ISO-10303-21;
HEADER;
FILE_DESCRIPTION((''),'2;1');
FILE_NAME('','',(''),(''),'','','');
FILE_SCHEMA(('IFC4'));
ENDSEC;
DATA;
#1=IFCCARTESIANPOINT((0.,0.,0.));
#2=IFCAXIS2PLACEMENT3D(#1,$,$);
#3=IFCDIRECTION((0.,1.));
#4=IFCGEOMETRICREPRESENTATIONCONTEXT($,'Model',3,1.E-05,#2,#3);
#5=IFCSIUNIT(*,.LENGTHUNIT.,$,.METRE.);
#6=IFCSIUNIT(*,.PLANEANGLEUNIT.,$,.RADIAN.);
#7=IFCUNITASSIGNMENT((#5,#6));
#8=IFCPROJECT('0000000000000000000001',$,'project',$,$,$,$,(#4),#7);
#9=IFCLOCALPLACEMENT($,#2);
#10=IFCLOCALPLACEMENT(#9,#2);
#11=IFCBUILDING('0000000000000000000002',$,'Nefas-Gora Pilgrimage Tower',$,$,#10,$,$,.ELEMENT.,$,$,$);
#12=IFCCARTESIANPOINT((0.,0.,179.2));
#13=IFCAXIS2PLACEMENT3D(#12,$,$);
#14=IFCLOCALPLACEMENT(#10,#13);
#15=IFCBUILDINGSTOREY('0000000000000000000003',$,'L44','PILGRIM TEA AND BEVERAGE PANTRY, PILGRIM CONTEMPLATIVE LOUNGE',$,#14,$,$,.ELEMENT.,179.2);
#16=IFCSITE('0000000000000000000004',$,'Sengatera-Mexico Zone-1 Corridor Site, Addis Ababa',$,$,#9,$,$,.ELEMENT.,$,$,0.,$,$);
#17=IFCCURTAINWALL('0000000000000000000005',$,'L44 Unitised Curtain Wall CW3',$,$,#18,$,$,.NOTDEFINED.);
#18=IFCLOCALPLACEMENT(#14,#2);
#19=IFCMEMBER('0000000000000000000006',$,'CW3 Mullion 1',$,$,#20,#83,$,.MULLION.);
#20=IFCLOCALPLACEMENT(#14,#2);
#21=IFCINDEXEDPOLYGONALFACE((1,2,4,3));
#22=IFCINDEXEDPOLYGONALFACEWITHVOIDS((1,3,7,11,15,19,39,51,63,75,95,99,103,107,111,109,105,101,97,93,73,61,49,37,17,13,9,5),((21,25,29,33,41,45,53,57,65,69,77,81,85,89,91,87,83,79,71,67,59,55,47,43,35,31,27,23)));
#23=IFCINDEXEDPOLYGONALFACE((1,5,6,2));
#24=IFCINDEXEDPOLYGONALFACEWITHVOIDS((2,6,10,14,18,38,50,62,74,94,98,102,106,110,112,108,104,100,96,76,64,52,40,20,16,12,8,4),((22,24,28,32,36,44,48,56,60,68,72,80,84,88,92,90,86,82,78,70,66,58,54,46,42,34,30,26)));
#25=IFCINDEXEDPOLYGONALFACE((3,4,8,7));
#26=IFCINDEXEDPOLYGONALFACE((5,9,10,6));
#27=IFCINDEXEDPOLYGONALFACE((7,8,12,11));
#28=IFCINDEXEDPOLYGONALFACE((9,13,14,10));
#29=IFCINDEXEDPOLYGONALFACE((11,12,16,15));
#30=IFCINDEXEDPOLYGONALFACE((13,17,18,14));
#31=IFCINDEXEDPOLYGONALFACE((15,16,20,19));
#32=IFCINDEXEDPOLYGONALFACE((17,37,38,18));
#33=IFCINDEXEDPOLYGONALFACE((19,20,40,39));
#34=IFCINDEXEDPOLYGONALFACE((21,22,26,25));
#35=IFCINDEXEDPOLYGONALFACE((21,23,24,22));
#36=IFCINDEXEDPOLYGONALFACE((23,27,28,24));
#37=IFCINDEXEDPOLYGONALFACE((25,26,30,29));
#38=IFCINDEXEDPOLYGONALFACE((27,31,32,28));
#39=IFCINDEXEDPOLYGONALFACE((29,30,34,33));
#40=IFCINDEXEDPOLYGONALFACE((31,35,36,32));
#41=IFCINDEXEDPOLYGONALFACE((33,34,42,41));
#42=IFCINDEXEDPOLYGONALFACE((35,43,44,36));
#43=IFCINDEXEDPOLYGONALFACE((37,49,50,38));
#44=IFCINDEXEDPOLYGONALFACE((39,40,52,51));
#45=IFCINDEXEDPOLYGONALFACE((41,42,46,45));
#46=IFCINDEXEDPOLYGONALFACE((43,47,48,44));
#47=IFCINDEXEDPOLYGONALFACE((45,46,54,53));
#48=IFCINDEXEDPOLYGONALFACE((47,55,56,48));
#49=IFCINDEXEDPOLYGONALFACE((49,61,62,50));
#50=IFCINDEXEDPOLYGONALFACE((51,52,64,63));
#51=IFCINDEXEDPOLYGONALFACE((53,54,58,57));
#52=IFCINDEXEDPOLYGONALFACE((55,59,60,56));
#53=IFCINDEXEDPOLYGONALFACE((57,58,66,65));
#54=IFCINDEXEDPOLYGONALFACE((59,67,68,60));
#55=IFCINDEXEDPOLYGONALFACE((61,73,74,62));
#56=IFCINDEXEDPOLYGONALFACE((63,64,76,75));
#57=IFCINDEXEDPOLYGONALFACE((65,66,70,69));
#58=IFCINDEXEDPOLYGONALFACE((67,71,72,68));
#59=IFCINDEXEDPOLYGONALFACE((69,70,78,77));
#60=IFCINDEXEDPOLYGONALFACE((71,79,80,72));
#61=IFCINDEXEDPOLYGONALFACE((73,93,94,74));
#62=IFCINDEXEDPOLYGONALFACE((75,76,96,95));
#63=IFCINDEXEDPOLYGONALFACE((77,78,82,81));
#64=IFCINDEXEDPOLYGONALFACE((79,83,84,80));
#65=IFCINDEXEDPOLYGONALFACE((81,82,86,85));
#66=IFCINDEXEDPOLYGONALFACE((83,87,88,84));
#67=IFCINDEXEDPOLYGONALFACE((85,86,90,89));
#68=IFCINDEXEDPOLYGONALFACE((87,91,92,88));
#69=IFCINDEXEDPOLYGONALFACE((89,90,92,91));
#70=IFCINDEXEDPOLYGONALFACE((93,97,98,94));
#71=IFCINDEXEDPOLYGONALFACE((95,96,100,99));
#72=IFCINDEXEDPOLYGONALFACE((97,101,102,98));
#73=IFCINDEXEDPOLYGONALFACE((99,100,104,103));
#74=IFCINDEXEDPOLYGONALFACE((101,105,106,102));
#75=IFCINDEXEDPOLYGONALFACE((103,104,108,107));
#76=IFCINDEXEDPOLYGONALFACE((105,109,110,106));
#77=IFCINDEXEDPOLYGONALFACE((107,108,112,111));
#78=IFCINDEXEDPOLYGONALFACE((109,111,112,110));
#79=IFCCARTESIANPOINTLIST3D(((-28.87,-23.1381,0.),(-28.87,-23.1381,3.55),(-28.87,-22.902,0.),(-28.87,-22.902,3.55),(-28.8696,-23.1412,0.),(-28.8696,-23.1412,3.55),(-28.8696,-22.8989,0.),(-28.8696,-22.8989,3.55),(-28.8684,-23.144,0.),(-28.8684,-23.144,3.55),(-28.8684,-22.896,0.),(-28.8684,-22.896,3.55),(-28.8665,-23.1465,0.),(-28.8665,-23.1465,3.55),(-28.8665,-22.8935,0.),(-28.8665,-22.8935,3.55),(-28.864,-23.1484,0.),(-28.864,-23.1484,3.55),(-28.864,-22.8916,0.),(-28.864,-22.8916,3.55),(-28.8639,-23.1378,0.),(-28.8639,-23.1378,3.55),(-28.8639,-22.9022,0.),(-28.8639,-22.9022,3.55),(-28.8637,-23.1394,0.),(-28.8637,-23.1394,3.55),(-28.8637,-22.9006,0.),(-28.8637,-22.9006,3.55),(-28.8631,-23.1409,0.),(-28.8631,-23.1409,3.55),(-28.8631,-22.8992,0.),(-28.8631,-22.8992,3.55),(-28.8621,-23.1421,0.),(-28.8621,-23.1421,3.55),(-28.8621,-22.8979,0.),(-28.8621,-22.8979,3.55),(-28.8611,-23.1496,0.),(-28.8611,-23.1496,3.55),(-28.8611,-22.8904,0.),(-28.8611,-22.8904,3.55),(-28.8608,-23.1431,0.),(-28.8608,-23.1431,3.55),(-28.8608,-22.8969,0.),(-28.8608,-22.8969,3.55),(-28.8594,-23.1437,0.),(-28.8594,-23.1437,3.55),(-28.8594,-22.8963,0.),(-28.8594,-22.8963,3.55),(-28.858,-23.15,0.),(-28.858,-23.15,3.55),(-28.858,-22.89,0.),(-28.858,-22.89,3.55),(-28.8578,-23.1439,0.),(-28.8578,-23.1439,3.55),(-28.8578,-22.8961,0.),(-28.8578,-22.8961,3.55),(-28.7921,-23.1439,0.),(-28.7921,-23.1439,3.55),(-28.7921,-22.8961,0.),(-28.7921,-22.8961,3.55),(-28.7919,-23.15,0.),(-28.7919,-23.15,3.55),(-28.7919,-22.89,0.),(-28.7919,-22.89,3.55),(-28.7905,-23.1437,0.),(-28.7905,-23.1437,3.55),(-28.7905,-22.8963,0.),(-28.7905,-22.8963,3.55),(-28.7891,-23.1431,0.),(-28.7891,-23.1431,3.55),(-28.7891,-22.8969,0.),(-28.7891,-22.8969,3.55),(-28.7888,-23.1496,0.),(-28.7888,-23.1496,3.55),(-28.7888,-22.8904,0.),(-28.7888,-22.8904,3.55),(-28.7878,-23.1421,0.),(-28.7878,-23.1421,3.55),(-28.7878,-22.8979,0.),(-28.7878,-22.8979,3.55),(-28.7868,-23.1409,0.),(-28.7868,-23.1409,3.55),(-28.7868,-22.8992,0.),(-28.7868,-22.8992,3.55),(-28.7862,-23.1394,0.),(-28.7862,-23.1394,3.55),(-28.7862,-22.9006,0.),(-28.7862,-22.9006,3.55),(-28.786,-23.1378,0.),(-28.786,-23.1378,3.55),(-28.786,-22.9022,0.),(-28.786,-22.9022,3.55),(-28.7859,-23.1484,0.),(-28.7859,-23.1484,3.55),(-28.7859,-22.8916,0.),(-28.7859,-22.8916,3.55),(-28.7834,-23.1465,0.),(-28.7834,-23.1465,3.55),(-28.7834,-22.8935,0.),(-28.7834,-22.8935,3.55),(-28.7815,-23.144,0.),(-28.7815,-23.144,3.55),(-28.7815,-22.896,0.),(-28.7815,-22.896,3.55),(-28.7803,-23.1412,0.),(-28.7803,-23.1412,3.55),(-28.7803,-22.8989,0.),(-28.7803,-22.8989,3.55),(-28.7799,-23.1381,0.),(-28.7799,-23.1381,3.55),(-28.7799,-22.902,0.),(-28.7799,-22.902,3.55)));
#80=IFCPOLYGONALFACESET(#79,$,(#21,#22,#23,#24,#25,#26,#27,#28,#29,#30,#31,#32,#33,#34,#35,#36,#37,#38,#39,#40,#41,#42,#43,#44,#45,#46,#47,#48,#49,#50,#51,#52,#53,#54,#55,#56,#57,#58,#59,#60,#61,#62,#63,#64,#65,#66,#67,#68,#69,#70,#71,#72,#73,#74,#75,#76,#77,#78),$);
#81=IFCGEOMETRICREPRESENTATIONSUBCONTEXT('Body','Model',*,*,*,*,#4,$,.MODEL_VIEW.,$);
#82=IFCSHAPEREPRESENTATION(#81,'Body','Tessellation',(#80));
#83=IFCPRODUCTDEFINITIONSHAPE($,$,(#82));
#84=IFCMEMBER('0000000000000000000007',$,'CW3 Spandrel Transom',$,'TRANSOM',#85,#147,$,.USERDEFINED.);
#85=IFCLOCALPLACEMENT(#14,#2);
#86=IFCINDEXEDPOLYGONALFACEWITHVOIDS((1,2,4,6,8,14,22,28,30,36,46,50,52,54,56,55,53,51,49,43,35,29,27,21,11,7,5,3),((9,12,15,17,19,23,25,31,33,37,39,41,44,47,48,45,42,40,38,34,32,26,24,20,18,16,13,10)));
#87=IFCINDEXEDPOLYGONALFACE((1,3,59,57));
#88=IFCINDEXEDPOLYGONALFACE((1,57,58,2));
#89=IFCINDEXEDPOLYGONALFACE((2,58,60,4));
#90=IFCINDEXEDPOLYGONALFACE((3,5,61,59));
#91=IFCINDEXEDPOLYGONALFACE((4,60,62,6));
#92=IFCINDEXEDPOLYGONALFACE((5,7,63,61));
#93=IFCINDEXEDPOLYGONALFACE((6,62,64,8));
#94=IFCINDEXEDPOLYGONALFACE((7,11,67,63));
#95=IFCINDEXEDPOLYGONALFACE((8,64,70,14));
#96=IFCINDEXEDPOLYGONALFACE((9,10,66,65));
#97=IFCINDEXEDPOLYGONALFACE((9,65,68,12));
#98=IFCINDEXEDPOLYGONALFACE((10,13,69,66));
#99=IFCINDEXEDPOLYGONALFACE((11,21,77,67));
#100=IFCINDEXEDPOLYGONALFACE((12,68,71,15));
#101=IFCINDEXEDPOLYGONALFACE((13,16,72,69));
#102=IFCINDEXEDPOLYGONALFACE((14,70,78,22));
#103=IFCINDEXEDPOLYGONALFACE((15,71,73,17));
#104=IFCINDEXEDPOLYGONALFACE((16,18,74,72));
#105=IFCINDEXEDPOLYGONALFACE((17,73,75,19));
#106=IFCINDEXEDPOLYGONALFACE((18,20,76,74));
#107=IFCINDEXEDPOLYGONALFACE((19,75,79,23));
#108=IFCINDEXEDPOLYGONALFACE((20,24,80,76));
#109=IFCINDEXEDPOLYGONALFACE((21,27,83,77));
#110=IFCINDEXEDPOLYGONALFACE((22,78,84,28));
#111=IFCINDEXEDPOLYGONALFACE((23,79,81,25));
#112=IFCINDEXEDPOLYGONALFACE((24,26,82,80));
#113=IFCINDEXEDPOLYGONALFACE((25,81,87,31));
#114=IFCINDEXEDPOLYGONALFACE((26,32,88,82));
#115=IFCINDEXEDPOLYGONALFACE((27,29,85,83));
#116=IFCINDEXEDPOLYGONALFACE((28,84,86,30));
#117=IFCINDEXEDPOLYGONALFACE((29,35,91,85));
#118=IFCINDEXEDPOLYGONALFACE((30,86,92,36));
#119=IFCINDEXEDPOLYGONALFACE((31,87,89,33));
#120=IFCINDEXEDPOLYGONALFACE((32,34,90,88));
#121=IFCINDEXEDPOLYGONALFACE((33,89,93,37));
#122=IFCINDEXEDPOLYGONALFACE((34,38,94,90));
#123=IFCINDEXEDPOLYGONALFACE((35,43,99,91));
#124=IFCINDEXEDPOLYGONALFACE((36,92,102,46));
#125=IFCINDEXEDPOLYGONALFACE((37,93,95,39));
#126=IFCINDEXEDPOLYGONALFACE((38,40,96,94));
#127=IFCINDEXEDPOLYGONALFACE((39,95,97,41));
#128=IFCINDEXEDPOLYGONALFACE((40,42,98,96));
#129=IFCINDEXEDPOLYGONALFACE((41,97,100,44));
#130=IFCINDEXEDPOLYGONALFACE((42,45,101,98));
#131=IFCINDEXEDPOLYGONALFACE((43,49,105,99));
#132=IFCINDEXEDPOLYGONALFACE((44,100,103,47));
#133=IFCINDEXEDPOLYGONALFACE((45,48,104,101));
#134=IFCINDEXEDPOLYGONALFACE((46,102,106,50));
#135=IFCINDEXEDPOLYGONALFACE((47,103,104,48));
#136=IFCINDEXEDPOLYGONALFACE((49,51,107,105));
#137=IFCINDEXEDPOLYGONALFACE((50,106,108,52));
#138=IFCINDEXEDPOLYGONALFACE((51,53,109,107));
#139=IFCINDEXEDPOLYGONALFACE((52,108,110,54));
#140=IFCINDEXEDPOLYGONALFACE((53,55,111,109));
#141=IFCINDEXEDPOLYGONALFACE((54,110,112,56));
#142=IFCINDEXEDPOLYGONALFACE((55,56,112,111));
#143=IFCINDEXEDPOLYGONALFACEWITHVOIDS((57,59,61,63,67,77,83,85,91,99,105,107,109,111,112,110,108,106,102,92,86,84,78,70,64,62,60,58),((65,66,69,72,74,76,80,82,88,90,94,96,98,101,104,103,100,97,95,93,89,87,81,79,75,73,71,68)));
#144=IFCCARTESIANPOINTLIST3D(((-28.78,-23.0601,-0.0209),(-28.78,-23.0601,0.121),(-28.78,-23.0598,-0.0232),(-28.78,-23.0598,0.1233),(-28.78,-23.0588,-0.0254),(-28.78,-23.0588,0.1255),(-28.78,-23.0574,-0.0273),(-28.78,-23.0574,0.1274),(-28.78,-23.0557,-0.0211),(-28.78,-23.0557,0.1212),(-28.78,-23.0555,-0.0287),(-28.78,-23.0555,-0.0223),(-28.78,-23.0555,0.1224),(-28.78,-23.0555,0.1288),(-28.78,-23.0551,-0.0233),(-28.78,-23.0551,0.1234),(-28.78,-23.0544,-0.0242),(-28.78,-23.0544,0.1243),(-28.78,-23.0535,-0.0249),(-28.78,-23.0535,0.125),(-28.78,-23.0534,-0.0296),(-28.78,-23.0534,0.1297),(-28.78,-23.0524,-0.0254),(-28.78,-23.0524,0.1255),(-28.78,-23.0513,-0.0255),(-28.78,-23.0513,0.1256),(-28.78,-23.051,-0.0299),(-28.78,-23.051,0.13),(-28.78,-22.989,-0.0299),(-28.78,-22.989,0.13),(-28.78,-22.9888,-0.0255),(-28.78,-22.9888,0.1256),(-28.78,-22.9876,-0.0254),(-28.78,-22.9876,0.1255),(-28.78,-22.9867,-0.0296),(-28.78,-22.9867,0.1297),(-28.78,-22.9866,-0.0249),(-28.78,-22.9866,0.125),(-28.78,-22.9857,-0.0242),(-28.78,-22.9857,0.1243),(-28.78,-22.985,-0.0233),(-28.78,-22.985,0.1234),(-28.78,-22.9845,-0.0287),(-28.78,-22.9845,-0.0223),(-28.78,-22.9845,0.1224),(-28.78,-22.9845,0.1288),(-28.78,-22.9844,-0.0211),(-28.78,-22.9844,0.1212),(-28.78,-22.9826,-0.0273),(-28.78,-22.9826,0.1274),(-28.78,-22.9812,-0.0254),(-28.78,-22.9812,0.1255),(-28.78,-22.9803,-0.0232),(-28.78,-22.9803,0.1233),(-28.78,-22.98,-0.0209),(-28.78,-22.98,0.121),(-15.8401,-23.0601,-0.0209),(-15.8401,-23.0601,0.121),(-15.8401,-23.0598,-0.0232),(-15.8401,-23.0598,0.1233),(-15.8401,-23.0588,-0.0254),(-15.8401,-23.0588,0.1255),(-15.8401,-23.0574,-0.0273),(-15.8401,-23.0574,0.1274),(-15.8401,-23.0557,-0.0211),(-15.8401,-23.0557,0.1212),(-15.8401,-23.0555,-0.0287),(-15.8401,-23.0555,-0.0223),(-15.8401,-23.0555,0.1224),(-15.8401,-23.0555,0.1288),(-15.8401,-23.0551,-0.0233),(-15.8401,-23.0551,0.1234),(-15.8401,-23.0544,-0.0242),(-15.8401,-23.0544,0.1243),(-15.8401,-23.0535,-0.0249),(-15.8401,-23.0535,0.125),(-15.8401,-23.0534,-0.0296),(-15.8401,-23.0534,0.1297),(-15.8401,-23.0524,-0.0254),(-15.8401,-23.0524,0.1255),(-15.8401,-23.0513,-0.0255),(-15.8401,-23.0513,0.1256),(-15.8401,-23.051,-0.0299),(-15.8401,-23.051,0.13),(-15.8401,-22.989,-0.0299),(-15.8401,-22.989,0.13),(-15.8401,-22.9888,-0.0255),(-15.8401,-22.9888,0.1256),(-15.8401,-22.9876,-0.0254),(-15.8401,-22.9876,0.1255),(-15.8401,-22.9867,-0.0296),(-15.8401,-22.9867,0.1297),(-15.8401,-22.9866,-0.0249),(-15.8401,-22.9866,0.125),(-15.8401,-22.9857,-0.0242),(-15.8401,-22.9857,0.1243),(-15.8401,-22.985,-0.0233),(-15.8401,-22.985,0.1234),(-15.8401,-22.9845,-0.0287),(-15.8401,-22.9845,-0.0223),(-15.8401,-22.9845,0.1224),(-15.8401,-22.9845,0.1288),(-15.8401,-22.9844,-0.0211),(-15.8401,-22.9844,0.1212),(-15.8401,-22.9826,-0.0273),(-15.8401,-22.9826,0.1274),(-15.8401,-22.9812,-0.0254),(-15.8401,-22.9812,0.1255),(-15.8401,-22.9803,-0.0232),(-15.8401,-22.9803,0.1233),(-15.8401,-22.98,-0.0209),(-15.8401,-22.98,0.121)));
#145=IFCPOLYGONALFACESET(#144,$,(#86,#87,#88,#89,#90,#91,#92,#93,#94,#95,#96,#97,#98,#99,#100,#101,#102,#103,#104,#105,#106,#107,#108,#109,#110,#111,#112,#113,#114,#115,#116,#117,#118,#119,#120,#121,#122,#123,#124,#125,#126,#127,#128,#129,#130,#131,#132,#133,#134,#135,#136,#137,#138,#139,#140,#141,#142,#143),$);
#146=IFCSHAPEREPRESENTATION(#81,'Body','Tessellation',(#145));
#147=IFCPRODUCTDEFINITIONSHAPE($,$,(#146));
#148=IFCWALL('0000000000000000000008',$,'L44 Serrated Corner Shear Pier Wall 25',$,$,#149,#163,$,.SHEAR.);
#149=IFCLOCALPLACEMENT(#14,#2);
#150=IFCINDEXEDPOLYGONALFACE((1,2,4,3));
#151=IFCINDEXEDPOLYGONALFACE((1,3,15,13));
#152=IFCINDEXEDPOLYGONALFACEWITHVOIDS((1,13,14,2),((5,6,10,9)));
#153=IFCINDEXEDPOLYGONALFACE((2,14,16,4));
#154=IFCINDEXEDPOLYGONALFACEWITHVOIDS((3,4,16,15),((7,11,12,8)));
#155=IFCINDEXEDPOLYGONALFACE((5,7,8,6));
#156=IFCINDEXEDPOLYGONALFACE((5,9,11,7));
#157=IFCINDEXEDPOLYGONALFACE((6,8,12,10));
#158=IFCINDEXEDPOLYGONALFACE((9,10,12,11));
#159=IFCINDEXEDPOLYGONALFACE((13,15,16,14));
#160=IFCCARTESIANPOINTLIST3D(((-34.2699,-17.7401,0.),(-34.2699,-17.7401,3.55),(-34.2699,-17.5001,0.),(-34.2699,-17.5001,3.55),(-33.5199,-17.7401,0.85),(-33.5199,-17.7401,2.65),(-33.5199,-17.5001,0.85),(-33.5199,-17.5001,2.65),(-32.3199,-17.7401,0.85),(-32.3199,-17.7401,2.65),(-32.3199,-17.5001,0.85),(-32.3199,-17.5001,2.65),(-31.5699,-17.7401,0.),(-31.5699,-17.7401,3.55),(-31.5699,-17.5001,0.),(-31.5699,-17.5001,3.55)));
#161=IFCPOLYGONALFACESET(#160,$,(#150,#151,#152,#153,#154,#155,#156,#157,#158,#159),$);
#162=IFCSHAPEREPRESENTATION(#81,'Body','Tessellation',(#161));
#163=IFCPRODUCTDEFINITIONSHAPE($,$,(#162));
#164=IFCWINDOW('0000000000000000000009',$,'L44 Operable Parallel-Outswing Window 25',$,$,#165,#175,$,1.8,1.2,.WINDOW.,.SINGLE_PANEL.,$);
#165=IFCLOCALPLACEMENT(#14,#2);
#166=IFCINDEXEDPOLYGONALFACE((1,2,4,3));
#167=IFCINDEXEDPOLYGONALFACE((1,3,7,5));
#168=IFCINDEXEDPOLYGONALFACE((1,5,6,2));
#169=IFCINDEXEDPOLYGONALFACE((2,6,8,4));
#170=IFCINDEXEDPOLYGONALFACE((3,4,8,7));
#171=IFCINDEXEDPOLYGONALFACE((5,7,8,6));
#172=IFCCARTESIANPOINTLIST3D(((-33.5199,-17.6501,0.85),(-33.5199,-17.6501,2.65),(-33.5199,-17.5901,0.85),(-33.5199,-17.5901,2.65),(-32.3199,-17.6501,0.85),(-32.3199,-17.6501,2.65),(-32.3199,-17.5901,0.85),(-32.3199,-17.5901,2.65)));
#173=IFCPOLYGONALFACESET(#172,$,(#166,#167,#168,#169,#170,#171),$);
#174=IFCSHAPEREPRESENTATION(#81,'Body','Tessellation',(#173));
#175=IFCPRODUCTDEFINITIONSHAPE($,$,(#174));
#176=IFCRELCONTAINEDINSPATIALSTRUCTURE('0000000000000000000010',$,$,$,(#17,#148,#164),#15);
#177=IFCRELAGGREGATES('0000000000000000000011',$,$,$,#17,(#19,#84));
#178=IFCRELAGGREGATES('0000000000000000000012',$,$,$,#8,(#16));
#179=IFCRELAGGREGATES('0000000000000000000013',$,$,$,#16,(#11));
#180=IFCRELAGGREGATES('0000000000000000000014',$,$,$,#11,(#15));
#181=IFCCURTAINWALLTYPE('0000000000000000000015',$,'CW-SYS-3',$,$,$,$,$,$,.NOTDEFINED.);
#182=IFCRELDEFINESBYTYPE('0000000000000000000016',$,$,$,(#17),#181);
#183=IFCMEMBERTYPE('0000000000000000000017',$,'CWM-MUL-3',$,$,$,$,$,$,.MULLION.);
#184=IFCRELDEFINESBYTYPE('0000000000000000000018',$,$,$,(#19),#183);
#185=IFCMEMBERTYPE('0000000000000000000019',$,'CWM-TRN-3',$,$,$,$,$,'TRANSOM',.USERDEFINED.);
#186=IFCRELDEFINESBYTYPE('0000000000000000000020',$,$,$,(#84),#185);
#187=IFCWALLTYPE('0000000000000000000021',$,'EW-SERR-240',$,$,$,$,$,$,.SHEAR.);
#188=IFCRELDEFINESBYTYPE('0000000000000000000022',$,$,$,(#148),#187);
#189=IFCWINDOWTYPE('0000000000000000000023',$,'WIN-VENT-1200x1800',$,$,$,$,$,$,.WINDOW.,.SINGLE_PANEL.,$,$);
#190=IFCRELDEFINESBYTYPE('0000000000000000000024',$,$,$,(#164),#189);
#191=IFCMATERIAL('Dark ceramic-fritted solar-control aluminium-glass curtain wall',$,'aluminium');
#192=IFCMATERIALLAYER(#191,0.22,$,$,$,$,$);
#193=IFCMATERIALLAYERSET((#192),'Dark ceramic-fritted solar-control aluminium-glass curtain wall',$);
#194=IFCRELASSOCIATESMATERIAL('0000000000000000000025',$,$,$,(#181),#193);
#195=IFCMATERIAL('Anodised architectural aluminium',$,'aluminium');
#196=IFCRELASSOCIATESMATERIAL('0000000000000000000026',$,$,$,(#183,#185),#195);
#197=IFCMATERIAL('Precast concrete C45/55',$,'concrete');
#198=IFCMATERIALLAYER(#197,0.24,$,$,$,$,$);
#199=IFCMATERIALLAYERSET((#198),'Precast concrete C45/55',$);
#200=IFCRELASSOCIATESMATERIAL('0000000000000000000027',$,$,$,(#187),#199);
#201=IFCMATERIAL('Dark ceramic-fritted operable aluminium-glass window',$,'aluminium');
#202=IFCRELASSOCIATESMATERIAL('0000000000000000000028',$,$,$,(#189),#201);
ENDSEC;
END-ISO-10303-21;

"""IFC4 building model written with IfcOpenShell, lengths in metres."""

from ifc_helpers import new_model, si_unit, direction, frame, frame_2d, origin, origin_2d, place, context, subcontext, project, spatial, rectangle, hollow_rectangle, extrude, source, transform, mapped, material, layer, layer_set, material_profile, profile_set, type_object, element, fill, aggregate, save


model = new_model("IFC4")

# Units and contexts
model_context = context("Model", 3, precision=1e-05, world=origin(), true_north=direction((0.0, 1.0)))
body_context = subcontext(model_context, "Body", "Model", "MODEL_VIEW")
ifc_project = project(units=[si_unit("LENGTHUNIT", "METRE"), si_unit("PLANEANGLEUNIT", "RADIAN")], contexts=[model_context])

# Site, building, storey
site_placement = place(None, origin())
site = spatial("IfcSite", under=ifc_project, at=site_placement, Name="Sengatera-Mexico Zone-1 Corridor Site, Addis Ababa", CompositionType="ELEMENT", RefElevation=0.0)
building_placement = place(site_placement, origin())
building = spatial("IfcBuilding", under=site, at=building_placement, Name="Nefas-Gora Pilgrimage Tower", CompositionType="ELEMENT")
storey_placement = place(building_placement, frame((0.0, 0.0, 179.2)))
storey = spatial("IfcBuildingStorey", under=building, at=storey_placement, Name="L44", Description="PILGRIM TEA AND BEVERAGE PANTRY, PILGRIM CONTEMPLATIVE LOUNGE", CompositionType="ELEMENT", Elevation=179.2)

# Shared definitions
ifc_material_1 = material(Name="Dark ceramic-fritted solar-control aluminium-glass curtain wall", Category="aluminium")
ifc_layer_1 = layer(ifc_material_1, 0.22)
ifc_layer_set_1 = layer_set([ifc_layer_1], Name="Dark ceramic-fritted solar-control aluminium-glass curtain wall")
curtain_wall_type = type_object("IfcCurtainWallType", Name="CW-SYS-3", PredefinedType="NOTDEFINED", material=ifc_layer_set_1)
ifc_material_2 = material(Name="Anodised architectural aluminium", Category="aluminium")
ifc_material_profile_1 = material_profile(ifc_material_2, hollow_rectangle(XDim=0.0901, YDim=0.26, WallThickness=0.0061, InnerFilletRadius=0.0061, OuterFilletRadius=0.012, at=origin_2d()), Name="ALU MULLION 90x260")
ifc_profile_set_1 = profile_set([ifc_material_profile_1], Name="Anodised architectural aluminium")
member_type_1 = type_object("IfcMemberType", Name="CWM-MUL-3", PredefinedType="MULLION", material=ifc_profile_set_1)
shared_shape_1 = source(origin(), body_context, "Body", "SweptSolid", [
    extrude(hollow_rectangle(XDim=0.0901, YDim=0.26, WallThickness=0.0061, InnerFilletRadius=0.0061, OuterFilletRadius=0.012, at=origin_2d()), origin(), (0.0, 0.0, 1.0), 3.55),
])

# Curtain wall, members
curtain_wall_1_placement = place(storey_placement, origin())
curtain_wall_1 = element("IfcCurtainWall", 1, at=curtain_wall_1_placement, inside=storey, type_object=curtain_wall_type, Name="L44 Unitised Curtain Wall CW3", PredefinedType="NOTDEFINED")
member_1_placement = place(storey_placement, frame((-28.825, -23.02, 0.0), z_axis=(0.0, 0.0, 1.0), x_axis=(1.0, 0.0, 0.0)))
member_1 = element("IfcMember", 2, at=member_1_placement, type_object=member_type_1, Name="CW3 Mullion 1", PredefinedType="MULLION", context=body_context, shape_type="MappedRepresentation", body=[
    mapped(shared_shape_1, transform((0.0, 0.0, 0.0), x_axis=(1.0, 0.0, 0.0), y_axis=(0.0, 1.0, 0.0), z_axis=(0.0, 0.0, 1.0), scale=1.0)),
])
ifc_material_profile_2 = material_profile(ifc_material_2, hollow_rectangle(XDim=0.0801, YDim=0.1599, WallThickness=0.0044, InnerFilletRadius=0.0044, OuterFilletRadius=0.009, at=origin_2d()), Name="ALU TRANSOM 80x160")
ifc_profile_set_2 = profile_set([ifc_material_profile_2], Name="Anodised architectural aluminium")
member_type_2 = type_object("IfcMemberType", Name="CWM-TRN-3", ElementType="TRANSOM", PredefinedType="USERDEFINED", material=ifc_profile_set_2)
shared_shape_2 = source(origin(), body_context, "Body", "SweptSolid", [
    extrude(hollow_rectangle(XDim=0.0801, YDim=0.1599, WallThickness=0.0044, InnerFilletRadius=0.0044, OuterFilletRadius=0.009, at=origin_2d()), origin(), (0.0, 0.0, 1.0), 12.9399),
])
member_2_placement = place(storey_placement, frame((-28.78, -23.02, 0.05), z_axis=(1.0, 0.0, 0.0), x_axis=(0.0, 1.0, 0.0)))
member_2 = element("IfcMember", 3, at=member_2_placement, type_object=member_type_2, Name="CW3 Spandrel Transom", ObjectType="TRANSOM", PredefinedType="USERDEFINED", context=body_context, shape_type="MappedRepresentation", body=[
    mapped(shared_shape_2, transform((0.0, 0.0, 0.0), x_axis=(1.0, 0.0, 0.0), y_axis=(0.0, 1.0, 0.0), z_axis=(0.0, 0.0, 1.0), scale=1.0)),
])
aggregate(curtain_wall_1, [member_1, member_2])

# Wall, opening, window
ifc_material_3 = material(Name="Precast concrete C45/55", Category="concrete")
ifc_layer_2 = layer(ifc_material_3, 0.24)
ifc_layer_set_2 = layer_set([ifc_layer_2], Name="Precast concrete C45/55")
wall_type_1 = type_object("IfcWallType", Name="EW-SERR-240", PredefinedType="SHEAR", material=ifc_layer_set_2)
shared_shape_3 = source(origin(), body_context, "Body", "SweptSolid", [
    extrude(rectangle(XDim=2.7, YDim=0.24, at=frame_2d((1.3501, 0.0))), origin(), (0.0, 0.0, 1.0), 3.55),
])
wall_1_placement = place(storey_placement, frame((-34.27, -17.6201, 0.0), z_axis=(0.0, 0.0, 1.0), x_axis=(1.0, 0.0, 0.0)))
wall_1 = element("IfcWall", 4, at=wall_1_placement, inside=storey, type_object=wall_type_1, Name="L44 Serrated Corner Shear Pier Wall 25", PredefinedType="SHEAR", context=body_context, shape_type="MappedRepresentation", body=[
    mapped(shared_shape_3, transform((0.0, 0.0, 0.0), x_axis=(1.0, 0.0, 0.0), y_axis=(0.0, 1.0, 0.0), z_axis=(0.0, 0.0, 1.0), scale=1.0)),
])
opening_placement = place(wall_1_placement, frame((0.75, 0.0, 0.8501)))
opening = element("IfcOpeningElement", 5, at=opening_placement, cuts=wall_1, PredefinedType="OPENING", context=body_context, shape_type="SweptSolid", body=[
    extrude(rectangle(XDim=1.2, YDim=1.8, at=frame_2d((0.6001, 0.8999))), frame((0.0, 0.1299, 0.0), z_axis=(0.0, -1.0, 0.0), x_axis=(1.0, 0.0, 0.0)), (0.0, 0.0, 1.0), 0.26),
])
ifc_material_4 = material(Name="Dark ceramic-fritted operable aluminium-glass window", Category="aluminium")
window_type = type_object("IfcWindowType", Name="WIN-VENT-1200x1800", PartitioningType="SINGLE_PANEL", PredefinedType="WINDOW", material=ifc_material_4)
shared_shape_4 = source(origin(), body_context, "Body", "SweptSolid", [
    extrude(rectangle(XDim=1.2, YDim=1.8, at=frame_2d((0.6001, 0.8999))), frame((0.0, 0.03, 0.0), z_axis=(0.0, -1.0, 0.0), x_axis=(1.0, 0.0, 0.0)), (0.0, 0.0, 1.0), 0.0601),
])
window_placement = place(opening_placement, origin())
window = element("IfcWindow", 6, at=window_placement, inside=storey, type_object=window_type, Name="L44 Operable Parallel-Outswing Window 25", OverallHeight=1.8, OverallWidth=1.2, PartitioningType="SINGLE_PANEL", PredefinedType="WINDOW", context=body_context, shape_type="MappedRepresentation", body=[
    mapped(shared_shape_4, transform((0.0, 0.0, 0.0), x_axis=(1.0, 0.0, 0.0), y_axis=(0.0, 1.0, 0.0), z_axis=(0.0, 0.0, 1.0), scale=1.0)),
])
fill(opening, window)

save(model, "model.ifc")
